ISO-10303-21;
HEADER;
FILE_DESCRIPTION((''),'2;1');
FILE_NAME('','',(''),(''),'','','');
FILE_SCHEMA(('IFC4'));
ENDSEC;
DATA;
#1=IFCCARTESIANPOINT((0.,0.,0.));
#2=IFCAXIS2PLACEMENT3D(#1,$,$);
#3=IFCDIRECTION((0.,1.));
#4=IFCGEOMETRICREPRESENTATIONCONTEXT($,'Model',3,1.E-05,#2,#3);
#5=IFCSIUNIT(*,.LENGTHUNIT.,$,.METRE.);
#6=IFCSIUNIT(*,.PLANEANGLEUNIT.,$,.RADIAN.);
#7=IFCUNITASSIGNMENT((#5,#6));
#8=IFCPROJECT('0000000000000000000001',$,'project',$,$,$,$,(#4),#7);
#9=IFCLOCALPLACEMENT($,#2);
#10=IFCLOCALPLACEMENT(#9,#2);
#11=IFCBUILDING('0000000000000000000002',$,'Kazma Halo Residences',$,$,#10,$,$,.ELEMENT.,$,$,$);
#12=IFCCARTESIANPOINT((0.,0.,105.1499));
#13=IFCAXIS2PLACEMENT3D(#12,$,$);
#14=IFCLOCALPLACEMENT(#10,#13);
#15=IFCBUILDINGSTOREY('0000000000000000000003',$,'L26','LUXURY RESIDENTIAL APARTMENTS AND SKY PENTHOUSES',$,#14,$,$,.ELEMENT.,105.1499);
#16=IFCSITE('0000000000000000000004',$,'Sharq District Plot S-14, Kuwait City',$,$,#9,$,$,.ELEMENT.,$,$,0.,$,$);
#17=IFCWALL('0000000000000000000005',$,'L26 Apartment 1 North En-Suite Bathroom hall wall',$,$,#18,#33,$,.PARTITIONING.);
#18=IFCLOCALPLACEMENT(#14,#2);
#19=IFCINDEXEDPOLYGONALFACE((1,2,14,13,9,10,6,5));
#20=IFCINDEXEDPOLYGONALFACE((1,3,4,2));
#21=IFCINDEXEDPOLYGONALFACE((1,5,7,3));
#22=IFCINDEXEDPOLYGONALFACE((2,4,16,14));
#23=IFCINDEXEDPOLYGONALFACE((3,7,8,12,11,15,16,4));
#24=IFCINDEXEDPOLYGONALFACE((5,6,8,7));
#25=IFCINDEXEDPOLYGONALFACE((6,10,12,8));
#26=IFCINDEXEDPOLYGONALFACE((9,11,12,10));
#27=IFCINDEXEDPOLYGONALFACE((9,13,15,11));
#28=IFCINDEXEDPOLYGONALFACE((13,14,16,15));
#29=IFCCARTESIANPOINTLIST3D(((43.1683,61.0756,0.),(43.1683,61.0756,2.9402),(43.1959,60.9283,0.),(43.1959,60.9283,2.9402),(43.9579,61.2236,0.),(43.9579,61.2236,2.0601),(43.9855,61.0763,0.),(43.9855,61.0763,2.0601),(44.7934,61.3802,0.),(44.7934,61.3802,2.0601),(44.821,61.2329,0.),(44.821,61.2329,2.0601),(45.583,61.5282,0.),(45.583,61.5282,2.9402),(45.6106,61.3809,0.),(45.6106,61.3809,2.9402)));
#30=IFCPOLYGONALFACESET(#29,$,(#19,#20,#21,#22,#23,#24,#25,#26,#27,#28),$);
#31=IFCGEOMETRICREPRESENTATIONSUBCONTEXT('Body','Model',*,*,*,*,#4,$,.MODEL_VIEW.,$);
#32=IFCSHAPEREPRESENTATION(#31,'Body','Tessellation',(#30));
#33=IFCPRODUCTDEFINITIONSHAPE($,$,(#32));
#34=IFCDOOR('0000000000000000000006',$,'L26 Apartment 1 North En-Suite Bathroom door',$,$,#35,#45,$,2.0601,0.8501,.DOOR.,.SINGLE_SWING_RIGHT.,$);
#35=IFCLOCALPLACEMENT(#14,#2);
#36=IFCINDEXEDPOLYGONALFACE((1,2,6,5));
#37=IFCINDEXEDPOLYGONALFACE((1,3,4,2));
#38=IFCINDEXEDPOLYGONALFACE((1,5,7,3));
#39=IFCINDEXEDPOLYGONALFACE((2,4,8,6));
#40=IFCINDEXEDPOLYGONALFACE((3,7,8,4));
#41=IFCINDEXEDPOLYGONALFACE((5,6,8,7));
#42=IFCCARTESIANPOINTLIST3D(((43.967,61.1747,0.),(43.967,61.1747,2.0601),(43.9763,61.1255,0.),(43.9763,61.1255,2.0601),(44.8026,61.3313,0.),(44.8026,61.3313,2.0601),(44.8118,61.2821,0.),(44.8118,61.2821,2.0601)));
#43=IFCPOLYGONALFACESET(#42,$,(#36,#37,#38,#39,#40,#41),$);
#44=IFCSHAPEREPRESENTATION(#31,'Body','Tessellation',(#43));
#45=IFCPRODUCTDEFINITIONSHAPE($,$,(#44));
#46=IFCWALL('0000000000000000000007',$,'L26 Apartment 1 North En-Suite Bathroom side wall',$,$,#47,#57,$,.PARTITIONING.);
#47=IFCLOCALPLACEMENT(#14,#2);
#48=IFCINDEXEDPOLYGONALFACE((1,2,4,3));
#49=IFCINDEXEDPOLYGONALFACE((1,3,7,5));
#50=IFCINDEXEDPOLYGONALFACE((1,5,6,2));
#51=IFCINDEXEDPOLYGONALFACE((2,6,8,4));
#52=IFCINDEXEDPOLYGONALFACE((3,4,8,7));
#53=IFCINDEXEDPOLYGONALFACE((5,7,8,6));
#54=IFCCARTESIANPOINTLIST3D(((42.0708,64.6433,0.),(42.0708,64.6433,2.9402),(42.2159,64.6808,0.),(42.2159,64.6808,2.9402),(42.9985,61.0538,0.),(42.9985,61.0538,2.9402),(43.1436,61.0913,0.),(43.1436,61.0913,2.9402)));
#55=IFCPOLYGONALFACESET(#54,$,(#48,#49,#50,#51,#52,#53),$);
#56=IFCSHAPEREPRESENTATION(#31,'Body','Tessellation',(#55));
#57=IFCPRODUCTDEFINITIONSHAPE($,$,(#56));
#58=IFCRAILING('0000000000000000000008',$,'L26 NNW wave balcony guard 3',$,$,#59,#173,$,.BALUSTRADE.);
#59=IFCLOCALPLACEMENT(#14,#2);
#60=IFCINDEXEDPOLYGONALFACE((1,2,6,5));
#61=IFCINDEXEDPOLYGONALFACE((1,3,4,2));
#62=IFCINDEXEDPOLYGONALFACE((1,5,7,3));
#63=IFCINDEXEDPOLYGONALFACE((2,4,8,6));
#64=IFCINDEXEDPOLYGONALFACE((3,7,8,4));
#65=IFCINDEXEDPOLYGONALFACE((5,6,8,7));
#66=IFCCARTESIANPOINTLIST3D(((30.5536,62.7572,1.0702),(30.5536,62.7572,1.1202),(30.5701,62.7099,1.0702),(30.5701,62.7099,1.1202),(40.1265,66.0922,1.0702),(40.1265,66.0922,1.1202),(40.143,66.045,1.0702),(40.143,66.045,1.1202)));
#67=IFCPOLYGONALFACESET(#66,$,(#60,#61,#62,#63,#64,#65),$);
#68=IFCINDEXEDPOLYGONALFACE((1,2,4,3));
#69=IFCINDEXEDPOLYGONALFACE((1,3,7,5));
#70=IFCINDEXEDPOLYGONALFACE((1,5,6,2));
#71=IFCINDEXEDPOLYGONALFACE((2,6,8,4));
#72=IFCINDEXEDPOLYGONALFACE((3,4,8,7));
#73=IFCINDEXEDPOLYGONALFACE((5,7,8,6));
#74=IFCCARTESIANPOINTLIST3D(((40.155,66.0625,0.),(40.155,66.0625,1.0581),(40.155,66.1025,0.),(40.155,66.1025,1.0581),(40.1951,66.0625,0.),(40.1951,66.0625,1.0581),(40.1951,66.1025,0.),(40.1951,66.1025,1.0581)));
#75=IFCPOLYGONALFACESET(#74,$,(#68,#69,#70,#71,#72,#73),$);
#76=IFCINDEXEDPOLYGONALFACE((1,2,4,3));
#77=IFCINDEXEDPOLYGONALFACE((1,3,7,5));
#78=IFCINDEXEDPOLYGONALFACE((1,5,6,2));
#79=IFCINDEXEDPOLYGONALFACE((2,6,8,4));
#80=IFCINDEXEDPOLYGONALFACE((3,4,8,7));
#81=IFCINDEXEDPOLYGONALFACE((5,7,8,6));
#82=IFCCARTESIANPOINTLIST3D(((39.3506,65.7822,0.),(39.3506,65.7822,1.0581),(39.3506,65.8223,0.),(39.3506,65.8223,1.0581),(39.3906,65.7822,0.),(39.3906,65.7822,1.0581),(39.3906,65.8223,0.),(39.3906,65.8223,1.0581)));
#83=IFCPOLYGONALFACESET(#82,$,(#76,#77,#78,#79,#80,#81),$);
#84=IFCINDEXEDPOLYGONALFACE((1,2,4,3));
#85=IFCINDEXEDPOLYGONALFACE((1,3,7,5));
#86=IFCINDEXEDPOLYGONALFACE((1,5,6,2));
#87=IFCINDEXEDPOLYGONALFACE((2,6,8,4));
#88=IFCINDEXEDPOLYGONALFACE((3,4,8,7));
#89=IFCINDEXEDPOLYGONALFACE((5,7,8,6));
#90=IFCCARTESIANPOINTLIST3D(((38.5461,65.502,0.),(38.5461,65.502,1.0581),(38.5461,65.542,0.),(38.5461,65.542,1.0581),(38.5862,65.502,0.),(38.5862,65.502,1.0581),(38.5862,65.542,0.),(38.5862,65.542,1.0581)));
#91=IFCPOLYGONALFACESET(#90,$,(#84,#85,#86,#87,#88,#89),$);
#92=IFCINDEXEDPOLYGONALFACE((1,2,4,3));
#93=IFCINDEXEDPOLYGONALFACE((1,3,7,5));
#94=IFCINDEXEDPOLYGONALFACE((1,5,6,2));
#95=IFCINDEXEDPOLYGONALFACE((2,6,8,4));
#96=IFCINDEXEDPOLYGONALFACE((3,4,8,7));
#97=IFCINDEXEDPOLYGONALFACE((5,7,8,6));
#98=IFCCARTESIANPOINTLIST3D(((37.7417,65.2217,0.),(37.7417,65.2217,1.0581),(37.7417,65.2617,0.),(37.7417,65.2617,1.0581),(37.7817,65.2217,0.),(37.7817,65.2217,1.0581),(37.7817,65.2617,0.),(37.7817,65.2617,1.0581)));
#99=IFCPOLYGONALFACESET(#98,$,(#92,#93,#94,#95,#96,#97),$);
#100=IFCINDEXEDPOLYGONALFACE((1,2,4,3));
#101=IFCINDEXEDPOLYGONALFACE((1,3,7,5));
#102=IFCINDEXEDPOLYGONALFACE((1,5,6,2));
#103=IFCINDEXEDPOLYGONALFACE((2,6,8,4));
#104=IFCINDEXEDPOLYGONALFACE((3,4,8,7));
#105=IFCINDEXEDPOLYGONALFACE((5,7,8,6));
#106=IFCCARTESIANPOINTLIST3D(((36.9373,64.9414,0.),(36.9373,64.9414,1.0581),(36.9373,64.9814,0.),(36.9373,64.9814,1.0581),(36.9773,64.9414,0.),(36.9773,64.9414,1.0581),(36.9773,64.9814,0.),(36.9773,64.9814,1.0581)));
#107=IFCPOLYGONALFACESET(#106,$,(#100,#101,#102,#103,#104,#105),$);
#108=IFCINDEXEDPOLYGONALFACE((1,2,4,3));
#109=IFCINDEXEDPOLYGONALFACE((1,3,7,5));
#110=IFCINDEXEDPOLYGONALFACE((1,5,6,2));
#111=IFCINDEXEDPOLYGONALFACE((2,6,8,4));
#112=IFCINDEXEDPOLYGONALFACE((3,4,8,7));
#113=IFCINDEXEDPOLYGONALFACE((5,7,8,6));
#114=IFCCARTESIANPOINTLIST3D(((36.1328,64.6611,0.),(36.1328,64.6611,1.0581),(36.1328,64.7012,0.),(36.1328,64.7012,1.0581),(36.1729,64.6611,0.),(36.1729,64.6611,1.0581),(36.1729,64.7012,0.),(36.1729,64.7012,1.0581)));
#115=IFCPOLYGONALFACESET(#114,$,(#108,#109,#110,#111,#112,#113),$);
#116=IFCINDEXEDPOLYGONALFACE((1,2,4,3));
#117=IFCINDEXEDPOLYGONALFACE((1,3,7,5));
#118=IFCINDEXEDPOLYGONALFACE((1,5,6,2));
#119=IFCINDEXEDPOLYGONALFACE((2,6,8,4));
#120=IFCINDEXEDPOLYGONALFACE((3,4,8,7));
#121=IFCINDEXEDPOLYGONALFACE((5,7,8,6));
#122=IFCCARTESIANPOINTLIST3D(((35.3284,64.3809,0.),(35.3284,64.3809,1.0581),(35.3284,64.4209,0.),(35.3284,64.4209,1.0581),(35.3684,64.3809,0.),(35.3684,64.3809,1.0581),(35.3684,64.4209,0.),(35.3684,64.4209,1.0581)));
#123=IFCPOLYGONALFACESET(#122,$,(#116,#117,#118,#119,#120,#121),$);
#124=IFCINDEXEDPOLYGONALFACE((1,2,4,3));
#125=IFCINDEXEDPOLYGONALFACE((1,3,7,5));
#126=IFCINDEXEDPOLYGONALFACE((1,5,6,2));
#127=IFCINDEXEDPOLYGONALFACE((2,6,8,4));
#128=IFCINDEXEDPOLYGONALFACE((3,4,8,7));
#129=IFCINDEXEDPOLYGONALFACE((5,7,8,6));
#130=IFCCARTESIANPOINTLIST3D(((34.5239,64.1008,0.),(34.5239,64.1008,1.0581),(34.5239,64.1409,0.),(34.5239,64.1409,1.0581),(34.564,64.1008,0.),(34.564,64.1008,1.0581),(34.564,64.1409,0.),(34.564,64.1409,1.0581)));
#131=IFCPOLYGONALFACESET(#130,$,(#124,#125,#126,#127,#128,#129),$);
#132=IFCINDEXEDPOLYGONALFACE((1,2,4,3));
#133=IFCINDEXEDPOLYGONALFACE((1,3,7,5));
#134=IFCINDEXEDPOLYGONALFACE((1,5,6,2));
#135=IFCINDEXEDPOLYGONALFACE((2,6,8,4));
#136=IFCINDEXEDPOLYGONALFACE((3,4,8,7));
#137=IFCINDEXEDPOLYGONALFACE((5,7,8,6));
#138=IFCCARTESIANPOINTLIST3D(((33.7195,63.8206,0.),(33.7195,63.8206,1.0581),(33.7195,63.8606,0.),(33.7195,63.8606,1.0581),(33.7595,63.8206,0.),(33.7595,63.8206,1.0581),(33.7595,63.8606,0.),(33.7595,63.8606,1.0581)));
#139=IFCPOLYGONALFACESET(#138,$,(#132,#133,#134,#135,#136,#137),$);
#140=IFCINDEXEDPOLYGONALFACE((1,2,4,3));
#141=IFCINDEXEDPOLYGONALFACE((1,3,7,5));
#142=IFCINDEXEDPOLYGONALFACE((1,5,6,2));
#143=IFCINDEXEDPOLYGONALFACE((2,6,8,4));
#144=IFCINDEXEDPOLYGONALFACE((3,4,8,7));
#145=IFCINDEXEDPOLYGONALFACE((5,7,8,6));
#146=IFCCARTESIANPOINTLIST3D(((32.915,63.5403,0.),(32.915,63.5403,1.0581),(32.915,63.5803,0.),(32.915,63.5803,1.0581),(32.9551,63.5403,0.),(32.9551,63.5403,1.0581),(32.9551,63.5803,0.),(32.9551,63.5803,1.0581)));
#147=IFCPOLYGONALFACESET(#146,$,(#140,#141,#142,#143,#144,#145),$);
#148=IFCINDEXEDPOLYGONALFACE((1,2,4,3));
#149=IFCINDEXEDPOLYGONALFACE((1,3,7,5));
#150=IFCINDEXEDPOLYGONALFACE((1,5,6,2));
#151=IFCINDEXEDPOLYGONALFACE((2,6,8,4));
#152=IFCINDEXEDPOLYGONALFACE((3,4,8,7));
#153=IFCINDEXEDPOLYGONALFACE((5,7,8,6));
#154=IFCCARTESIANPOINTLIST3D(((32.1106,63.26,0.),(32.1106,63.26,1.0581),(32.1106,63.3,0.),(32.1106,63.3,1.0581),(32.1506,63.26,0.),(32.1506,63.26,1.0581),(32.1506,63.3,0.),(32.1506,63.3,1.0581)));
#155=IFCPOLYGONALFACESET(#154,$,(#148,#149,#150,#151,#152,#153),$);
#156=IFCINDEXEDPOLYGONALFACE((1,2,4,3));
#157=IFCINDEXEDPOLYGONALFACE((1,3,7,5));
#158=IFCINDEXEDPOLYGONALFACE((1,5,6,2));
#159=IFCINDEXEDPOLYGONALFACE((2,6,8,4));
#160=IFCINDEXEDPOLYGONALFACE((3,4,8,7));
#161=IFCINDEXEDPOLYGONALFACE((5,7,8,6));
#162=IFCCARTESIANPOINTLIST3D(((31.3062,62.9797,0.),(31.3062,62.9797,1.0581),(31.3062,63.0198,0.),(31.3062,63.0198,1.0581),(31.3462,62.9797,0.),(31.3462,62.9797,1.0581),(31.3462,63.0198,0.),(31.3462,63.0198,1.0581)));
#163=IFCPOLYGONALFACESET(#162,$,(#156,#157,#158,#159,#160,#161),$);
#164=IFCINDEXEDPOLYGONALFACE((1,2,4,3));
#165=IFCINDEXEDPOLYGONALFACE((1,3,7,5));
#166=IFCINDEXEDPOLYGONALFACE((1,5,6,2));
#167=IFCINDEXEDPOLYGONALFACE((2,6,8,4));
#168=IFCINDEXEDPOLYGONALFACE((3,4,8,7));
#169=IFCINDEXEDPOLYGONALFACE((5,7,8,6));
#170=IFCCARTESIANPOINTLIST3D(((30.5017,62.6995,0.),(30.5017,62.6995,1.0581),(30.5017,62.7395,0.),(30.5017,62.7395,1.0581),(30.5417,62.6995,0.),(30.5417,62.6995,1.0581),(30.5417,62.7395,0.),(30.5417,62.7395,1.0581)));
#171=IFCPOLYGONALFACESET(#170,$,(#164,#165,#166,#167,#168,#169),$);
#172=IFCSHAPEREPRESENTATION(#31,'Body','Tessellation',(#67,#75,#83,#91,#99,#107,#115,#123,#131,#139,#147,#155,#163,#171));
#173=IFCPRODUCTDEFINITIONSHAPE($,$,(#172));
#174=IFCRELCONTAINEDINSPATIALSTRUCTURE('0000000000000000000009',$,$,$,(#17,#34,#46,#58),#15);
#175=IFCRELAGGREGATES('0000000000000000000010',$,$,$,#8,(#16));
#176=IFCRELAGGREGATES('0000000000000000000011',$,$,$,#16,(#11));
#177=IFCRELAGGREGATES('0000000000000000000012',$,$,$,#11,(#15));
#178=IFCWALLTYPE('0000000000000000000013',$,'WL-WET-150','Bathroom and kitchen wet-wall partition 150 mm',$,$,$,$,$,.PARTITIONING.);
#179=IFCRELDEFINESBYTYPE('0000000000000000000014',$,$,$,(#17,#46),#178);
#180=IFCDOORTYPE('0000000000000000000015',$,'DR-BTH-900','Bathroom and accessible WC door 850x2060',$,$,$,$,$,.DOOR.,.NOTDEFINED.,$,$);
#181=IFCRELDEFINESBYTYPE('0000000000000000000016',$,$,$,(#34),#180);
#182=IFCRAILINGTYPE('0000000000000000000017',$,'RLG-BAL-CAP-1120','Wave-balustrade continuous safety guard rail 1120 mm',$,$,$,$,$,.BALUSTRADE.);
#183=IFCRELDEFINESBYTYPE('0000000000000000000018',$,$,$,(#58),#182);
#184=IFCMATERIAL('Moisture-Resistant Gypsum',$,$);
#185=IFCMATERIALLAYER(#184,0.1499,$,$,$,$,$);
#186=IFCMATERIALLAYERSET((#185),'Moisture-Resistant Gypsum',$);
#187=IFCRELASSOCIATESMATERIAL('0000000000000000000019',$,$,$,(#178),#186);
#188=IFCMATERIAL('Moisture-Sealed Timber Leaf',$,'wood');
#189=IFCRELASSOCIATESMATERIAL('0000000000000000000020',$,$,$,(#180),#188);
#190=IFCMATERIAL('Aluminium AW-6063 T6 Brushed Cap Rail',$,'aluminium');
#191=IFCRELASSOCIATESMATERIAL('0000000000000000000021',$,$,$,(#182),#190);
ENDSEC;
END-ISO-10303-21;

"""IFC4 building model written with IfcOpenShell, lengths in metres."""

from ifc_helpers import new_model, si_unit, direction, frame, frame_2d, origin, origin_2d, place, context, subcontext, project, spatial, rectangle, extrude, material, layer, layer_set, type_object, element, fill, save


model = new_model("IFC4")

# Units and contexts
model_context = context("Model", 3, precision=1e-05, world=origin(), true_north=direction((0.0, 1.0)))
body_context = subcontext(model_context, "Body", "Model", "MODEL_VIEW")
ifc_project = project(units=[si_unit("LENGTHUNIT", "METRE"), si_unit("PLANEANGLEUNIT", "RADIAN")], contexts=[model_context])

# Site, building, storey
site_placement = place(None, origin())
site = spatial("IfcSite", under=ifc_project, at=site_placement, Name="Sharq District Plot S-14, Kuwait City", CompositionType="ELEMENT", RefElevation=0.0)
building_placement = place(site_placement, origin())
building = spatial("IfcBuilding", under=site, at=building_placement, Name="Kazma Halo Residences", CompositionType="ELEMENT")
storey_placement = place(building_placement, frame((0.0, 0.0, 105.1499)))
storey = spatial("IfcBuildingStorey", under=building, at=storey_placement, Name="L26", Description="LUXURY RESIDENTIAL APARTMENTS AND SKY PENTHOUSES", CompositionType="ELEMENT", Elevation=105.1499)

# Wall, opening, door
ifc_material_1 = material(Name="Moisture-Resistant Gypsum")
ifc_layer_1 = layer(ifc_material_1, 0.1499)
ifc_layer_set_1 = layer_set([ifc_layer_1], Name="Moisture-Resistant Gypsum")
wall_type_1 = type_object("IfcWallType", Name="WL-WET-150", Description="Bathroom and kitchen wet-wall partition 150 mm", PredefinedType="PARTITIONING", material=ifc_layer_set_1)
wall_1_placement = place(storey_placement, frame((45.5969, 61.4546, 0.0), z_axis=(0.0, 0.0, 1.0), x_axis=(-0.982882, -0.184235, 0.0)))
wall_1 = element("IfcWall", 1, at=wall_1_placement, inside=storey, type_object=wall_type_1, Name="L26 Apartment 1 North En-Suite Bathroom hall wall", PredefinedType="PARTITIONING", context=body_context, shape_type="SweptSolid", body=[
    extrude(rectangle(XDim=2.4568, YDim=0.1499, at=frame_2d((1.2285, 0.0))), origin(), (0.0, 0.0, 1.0), 2.9402),
])
opening_1_placement = place(wall_1_placement, frame((0.8035, 0.0, 0.0)))
opening_1 = element("IfcOpeningElement", 2, at=opening_1_placement, cuts=wall_1, PredefinedType="OPENING", context=body_context, shape_type="SweptSolid", body=[
    extrude(rectangle(XDim=0.8501, YDim=2.0601, at=frame_2d((0.425, 1.03))), frame((0.0, 0.085, 0.0), z_axis=(0.0, -1.0, 0.0), x_axis=(1.0, 0.0, 0.0)), (0.0, 0.0, 1.0), 0.1699),
])
ifc_material_2 = material(Name="Moisture-Sealed Timber Leaf", Category="wood")
door_type_1 = type_object("IfcDoorType", Name="DR-BTH-900", Description="Bathroom and accessible WC door 850x2060", OperationType="NOTDEFINED", PredefinedType="DOOR", material=ifc_material_2)
door_1_placement = place(opening_1_placement, origin())
door_1 = element("IfcDoor", 3, at=door_1_placement, inside=storey, type_object=door_type_1, Name="L26 Apartment 1 North En-Suite Bathroom door", OperationType="SINGLE_SWING_RIGHT", OverallHeight=2.0601, OverallWidth=0.8501, PredefinedType="DOOR", context=body_context, shape_type="SweptSolid", body=[
    extrude(rectangle(XDim=0.8501, YDim=2.0601, at=frame_2d((0.425, 1.03))), frame((0.0, 0.0249, 0.0), z_axis=(0.0, -1.0, 0.0), x_axis=(1.0, 0.0, 0.0)), (0.0, 0.0, 1.0), 0.05),
])
fill(opening_1, door_1)

# Wall
wall_2_placement = place(storey_placement, frame((43.071, 61.0725, 0.0), z_axis=(0.0, 0.0, 1.0), x_axis=(-0.250229, 0.968187, 0.0)))
element("IfcWall", 4, at=wall_2_placement, inside=storey, type_object=wall_type_1, Name="L26 Apartment 1 North En-Suite Bathroom side wall", PredefinedType="PARTITIONING", context=body_context, shape_type="SweptSolid", body=[
    extrude(rectangle(XDim=3.7075, YDim=0.1499, at=frame_2d((1.8538, 0.0))), origin(), (0.0, 0.0, 1.0), 2.9402),
])

# Railing
ifc_material_3 = material(Name="Aluminium AW-6063 T6 Brushed Cap Rail", Category="aluminium")
railing_type = type_object("IfcRailingType", Name="RLG-BAL-CAP-1120", Description="Wave-balustrade continuous safety guard rail 1120 mm", PredefinedType="BALUSTRADE", material=ifc_material_3)
railing_placement = place(storey_placement, frame((40.175, 66.0825, 0.0)))
element("IfcRailing", 5, at=railing_placement, inside=storey, type_object=railing_type, Name="L26 NNW wave balcony guard 3", PredefinedType="BALUSTRADE", context=body_context, shape_type="SweptSolid", body=[
    extrude(rectangle(XDim=0.05, YDim=0.05, at=origin_2d()), frame((-0.0403, -0.0139, 1.0952), z_axis=(-0.944334, -0.328988, 0.0), x_axis=(0.328988, -0.944334, 0.0)), (0.0, 0.0, 1.0), 10.1372),
    extrude(rectangle(XDim=0.04, YDim=0.04, at=origin_2d()), origin(), (0.0, 0.0, 1.0), 1.0581),
    extrude(rectangle(XDim=0.04, YDim=0.04, at=origin_2d()), frame((-0.8044, -0.2803, 0.0)), (0.0, 0.0, 1.0), 1.0581),
    extrude(rectangle(XDim=0.04, YDim=0.04, at=origin_2d()), frame((-1.6089, -0.5605, 0.0)), (0.0, 0.0, 1.0), 1.0581),
    extrude(rectangle(XDim=0.04, YDim=0.04, at=origin_2d()), frame((-2.4133, -0.8408, 0.0)), (0.0, 0.0, 1.0), 1.0581),
    extrude(rectangle(XDim=0.04, YDim=0.04, at=origin_2d()), frame((-3.2178, -1.1211, 0.0)), (0.0, 0.0, 1.0), 1.0581),
    extrude(rectangle(XDim=0.04, YDim=0.04, at=origin_2d()), frame((-4.0222, -1.4014, 0.0)), (0.0, 0.0, 1.0), 1.0581),
    extrude(rectangle(XDim=0.04, YDim=0.04, at=origin_2d()), frame((-4.8267, -1.6816, 0.0)), (0.0, 0.0, 1.0), 1.0581),
    extrude(rectangle(XDim=0.04, YDim=0.04, at=origin_2d()), frame((-5.6311, -1.9617, 0.0)), (0.0, 0.0, 1.0), 1.0581),
    extrude(rectangle(XDim=0.04, YDim=0.04, at=origin_2d()), frame((-6.4355, -2.2419, 0.0)), (0.0, 0.0, 1.0), 1.0581),
    extrude(rectangle(XDim=0.04, YDim=0.04, at=origin_2d()), frame((-7.24, -2.5222, 0.0)), (0.0, 0.0, 1.0), 1.0581),
    extrude(rectangle(XDim=0.04, YDim=0.04, at=origin_2d()), frame((-8.0444, -2.8025, 0.0)), (0.0, 0.0, 1.0), 1.0581),
    extrude(rectangle(XDim=0.04, YDim=0.04, at=origin_2d()), frame((-8.8489, -3.0828, 0.0)), (0.0, 0.0, 1.0), 1.0581),
    extrude(rectangle(XDim=0.04, YDim=0.04, at=origin_2d()), frame((-9.6533, -3.363, 0.0)), (0.0, 0.0, 1.0), 1.0581),
])

save(model, "model.ifc")
